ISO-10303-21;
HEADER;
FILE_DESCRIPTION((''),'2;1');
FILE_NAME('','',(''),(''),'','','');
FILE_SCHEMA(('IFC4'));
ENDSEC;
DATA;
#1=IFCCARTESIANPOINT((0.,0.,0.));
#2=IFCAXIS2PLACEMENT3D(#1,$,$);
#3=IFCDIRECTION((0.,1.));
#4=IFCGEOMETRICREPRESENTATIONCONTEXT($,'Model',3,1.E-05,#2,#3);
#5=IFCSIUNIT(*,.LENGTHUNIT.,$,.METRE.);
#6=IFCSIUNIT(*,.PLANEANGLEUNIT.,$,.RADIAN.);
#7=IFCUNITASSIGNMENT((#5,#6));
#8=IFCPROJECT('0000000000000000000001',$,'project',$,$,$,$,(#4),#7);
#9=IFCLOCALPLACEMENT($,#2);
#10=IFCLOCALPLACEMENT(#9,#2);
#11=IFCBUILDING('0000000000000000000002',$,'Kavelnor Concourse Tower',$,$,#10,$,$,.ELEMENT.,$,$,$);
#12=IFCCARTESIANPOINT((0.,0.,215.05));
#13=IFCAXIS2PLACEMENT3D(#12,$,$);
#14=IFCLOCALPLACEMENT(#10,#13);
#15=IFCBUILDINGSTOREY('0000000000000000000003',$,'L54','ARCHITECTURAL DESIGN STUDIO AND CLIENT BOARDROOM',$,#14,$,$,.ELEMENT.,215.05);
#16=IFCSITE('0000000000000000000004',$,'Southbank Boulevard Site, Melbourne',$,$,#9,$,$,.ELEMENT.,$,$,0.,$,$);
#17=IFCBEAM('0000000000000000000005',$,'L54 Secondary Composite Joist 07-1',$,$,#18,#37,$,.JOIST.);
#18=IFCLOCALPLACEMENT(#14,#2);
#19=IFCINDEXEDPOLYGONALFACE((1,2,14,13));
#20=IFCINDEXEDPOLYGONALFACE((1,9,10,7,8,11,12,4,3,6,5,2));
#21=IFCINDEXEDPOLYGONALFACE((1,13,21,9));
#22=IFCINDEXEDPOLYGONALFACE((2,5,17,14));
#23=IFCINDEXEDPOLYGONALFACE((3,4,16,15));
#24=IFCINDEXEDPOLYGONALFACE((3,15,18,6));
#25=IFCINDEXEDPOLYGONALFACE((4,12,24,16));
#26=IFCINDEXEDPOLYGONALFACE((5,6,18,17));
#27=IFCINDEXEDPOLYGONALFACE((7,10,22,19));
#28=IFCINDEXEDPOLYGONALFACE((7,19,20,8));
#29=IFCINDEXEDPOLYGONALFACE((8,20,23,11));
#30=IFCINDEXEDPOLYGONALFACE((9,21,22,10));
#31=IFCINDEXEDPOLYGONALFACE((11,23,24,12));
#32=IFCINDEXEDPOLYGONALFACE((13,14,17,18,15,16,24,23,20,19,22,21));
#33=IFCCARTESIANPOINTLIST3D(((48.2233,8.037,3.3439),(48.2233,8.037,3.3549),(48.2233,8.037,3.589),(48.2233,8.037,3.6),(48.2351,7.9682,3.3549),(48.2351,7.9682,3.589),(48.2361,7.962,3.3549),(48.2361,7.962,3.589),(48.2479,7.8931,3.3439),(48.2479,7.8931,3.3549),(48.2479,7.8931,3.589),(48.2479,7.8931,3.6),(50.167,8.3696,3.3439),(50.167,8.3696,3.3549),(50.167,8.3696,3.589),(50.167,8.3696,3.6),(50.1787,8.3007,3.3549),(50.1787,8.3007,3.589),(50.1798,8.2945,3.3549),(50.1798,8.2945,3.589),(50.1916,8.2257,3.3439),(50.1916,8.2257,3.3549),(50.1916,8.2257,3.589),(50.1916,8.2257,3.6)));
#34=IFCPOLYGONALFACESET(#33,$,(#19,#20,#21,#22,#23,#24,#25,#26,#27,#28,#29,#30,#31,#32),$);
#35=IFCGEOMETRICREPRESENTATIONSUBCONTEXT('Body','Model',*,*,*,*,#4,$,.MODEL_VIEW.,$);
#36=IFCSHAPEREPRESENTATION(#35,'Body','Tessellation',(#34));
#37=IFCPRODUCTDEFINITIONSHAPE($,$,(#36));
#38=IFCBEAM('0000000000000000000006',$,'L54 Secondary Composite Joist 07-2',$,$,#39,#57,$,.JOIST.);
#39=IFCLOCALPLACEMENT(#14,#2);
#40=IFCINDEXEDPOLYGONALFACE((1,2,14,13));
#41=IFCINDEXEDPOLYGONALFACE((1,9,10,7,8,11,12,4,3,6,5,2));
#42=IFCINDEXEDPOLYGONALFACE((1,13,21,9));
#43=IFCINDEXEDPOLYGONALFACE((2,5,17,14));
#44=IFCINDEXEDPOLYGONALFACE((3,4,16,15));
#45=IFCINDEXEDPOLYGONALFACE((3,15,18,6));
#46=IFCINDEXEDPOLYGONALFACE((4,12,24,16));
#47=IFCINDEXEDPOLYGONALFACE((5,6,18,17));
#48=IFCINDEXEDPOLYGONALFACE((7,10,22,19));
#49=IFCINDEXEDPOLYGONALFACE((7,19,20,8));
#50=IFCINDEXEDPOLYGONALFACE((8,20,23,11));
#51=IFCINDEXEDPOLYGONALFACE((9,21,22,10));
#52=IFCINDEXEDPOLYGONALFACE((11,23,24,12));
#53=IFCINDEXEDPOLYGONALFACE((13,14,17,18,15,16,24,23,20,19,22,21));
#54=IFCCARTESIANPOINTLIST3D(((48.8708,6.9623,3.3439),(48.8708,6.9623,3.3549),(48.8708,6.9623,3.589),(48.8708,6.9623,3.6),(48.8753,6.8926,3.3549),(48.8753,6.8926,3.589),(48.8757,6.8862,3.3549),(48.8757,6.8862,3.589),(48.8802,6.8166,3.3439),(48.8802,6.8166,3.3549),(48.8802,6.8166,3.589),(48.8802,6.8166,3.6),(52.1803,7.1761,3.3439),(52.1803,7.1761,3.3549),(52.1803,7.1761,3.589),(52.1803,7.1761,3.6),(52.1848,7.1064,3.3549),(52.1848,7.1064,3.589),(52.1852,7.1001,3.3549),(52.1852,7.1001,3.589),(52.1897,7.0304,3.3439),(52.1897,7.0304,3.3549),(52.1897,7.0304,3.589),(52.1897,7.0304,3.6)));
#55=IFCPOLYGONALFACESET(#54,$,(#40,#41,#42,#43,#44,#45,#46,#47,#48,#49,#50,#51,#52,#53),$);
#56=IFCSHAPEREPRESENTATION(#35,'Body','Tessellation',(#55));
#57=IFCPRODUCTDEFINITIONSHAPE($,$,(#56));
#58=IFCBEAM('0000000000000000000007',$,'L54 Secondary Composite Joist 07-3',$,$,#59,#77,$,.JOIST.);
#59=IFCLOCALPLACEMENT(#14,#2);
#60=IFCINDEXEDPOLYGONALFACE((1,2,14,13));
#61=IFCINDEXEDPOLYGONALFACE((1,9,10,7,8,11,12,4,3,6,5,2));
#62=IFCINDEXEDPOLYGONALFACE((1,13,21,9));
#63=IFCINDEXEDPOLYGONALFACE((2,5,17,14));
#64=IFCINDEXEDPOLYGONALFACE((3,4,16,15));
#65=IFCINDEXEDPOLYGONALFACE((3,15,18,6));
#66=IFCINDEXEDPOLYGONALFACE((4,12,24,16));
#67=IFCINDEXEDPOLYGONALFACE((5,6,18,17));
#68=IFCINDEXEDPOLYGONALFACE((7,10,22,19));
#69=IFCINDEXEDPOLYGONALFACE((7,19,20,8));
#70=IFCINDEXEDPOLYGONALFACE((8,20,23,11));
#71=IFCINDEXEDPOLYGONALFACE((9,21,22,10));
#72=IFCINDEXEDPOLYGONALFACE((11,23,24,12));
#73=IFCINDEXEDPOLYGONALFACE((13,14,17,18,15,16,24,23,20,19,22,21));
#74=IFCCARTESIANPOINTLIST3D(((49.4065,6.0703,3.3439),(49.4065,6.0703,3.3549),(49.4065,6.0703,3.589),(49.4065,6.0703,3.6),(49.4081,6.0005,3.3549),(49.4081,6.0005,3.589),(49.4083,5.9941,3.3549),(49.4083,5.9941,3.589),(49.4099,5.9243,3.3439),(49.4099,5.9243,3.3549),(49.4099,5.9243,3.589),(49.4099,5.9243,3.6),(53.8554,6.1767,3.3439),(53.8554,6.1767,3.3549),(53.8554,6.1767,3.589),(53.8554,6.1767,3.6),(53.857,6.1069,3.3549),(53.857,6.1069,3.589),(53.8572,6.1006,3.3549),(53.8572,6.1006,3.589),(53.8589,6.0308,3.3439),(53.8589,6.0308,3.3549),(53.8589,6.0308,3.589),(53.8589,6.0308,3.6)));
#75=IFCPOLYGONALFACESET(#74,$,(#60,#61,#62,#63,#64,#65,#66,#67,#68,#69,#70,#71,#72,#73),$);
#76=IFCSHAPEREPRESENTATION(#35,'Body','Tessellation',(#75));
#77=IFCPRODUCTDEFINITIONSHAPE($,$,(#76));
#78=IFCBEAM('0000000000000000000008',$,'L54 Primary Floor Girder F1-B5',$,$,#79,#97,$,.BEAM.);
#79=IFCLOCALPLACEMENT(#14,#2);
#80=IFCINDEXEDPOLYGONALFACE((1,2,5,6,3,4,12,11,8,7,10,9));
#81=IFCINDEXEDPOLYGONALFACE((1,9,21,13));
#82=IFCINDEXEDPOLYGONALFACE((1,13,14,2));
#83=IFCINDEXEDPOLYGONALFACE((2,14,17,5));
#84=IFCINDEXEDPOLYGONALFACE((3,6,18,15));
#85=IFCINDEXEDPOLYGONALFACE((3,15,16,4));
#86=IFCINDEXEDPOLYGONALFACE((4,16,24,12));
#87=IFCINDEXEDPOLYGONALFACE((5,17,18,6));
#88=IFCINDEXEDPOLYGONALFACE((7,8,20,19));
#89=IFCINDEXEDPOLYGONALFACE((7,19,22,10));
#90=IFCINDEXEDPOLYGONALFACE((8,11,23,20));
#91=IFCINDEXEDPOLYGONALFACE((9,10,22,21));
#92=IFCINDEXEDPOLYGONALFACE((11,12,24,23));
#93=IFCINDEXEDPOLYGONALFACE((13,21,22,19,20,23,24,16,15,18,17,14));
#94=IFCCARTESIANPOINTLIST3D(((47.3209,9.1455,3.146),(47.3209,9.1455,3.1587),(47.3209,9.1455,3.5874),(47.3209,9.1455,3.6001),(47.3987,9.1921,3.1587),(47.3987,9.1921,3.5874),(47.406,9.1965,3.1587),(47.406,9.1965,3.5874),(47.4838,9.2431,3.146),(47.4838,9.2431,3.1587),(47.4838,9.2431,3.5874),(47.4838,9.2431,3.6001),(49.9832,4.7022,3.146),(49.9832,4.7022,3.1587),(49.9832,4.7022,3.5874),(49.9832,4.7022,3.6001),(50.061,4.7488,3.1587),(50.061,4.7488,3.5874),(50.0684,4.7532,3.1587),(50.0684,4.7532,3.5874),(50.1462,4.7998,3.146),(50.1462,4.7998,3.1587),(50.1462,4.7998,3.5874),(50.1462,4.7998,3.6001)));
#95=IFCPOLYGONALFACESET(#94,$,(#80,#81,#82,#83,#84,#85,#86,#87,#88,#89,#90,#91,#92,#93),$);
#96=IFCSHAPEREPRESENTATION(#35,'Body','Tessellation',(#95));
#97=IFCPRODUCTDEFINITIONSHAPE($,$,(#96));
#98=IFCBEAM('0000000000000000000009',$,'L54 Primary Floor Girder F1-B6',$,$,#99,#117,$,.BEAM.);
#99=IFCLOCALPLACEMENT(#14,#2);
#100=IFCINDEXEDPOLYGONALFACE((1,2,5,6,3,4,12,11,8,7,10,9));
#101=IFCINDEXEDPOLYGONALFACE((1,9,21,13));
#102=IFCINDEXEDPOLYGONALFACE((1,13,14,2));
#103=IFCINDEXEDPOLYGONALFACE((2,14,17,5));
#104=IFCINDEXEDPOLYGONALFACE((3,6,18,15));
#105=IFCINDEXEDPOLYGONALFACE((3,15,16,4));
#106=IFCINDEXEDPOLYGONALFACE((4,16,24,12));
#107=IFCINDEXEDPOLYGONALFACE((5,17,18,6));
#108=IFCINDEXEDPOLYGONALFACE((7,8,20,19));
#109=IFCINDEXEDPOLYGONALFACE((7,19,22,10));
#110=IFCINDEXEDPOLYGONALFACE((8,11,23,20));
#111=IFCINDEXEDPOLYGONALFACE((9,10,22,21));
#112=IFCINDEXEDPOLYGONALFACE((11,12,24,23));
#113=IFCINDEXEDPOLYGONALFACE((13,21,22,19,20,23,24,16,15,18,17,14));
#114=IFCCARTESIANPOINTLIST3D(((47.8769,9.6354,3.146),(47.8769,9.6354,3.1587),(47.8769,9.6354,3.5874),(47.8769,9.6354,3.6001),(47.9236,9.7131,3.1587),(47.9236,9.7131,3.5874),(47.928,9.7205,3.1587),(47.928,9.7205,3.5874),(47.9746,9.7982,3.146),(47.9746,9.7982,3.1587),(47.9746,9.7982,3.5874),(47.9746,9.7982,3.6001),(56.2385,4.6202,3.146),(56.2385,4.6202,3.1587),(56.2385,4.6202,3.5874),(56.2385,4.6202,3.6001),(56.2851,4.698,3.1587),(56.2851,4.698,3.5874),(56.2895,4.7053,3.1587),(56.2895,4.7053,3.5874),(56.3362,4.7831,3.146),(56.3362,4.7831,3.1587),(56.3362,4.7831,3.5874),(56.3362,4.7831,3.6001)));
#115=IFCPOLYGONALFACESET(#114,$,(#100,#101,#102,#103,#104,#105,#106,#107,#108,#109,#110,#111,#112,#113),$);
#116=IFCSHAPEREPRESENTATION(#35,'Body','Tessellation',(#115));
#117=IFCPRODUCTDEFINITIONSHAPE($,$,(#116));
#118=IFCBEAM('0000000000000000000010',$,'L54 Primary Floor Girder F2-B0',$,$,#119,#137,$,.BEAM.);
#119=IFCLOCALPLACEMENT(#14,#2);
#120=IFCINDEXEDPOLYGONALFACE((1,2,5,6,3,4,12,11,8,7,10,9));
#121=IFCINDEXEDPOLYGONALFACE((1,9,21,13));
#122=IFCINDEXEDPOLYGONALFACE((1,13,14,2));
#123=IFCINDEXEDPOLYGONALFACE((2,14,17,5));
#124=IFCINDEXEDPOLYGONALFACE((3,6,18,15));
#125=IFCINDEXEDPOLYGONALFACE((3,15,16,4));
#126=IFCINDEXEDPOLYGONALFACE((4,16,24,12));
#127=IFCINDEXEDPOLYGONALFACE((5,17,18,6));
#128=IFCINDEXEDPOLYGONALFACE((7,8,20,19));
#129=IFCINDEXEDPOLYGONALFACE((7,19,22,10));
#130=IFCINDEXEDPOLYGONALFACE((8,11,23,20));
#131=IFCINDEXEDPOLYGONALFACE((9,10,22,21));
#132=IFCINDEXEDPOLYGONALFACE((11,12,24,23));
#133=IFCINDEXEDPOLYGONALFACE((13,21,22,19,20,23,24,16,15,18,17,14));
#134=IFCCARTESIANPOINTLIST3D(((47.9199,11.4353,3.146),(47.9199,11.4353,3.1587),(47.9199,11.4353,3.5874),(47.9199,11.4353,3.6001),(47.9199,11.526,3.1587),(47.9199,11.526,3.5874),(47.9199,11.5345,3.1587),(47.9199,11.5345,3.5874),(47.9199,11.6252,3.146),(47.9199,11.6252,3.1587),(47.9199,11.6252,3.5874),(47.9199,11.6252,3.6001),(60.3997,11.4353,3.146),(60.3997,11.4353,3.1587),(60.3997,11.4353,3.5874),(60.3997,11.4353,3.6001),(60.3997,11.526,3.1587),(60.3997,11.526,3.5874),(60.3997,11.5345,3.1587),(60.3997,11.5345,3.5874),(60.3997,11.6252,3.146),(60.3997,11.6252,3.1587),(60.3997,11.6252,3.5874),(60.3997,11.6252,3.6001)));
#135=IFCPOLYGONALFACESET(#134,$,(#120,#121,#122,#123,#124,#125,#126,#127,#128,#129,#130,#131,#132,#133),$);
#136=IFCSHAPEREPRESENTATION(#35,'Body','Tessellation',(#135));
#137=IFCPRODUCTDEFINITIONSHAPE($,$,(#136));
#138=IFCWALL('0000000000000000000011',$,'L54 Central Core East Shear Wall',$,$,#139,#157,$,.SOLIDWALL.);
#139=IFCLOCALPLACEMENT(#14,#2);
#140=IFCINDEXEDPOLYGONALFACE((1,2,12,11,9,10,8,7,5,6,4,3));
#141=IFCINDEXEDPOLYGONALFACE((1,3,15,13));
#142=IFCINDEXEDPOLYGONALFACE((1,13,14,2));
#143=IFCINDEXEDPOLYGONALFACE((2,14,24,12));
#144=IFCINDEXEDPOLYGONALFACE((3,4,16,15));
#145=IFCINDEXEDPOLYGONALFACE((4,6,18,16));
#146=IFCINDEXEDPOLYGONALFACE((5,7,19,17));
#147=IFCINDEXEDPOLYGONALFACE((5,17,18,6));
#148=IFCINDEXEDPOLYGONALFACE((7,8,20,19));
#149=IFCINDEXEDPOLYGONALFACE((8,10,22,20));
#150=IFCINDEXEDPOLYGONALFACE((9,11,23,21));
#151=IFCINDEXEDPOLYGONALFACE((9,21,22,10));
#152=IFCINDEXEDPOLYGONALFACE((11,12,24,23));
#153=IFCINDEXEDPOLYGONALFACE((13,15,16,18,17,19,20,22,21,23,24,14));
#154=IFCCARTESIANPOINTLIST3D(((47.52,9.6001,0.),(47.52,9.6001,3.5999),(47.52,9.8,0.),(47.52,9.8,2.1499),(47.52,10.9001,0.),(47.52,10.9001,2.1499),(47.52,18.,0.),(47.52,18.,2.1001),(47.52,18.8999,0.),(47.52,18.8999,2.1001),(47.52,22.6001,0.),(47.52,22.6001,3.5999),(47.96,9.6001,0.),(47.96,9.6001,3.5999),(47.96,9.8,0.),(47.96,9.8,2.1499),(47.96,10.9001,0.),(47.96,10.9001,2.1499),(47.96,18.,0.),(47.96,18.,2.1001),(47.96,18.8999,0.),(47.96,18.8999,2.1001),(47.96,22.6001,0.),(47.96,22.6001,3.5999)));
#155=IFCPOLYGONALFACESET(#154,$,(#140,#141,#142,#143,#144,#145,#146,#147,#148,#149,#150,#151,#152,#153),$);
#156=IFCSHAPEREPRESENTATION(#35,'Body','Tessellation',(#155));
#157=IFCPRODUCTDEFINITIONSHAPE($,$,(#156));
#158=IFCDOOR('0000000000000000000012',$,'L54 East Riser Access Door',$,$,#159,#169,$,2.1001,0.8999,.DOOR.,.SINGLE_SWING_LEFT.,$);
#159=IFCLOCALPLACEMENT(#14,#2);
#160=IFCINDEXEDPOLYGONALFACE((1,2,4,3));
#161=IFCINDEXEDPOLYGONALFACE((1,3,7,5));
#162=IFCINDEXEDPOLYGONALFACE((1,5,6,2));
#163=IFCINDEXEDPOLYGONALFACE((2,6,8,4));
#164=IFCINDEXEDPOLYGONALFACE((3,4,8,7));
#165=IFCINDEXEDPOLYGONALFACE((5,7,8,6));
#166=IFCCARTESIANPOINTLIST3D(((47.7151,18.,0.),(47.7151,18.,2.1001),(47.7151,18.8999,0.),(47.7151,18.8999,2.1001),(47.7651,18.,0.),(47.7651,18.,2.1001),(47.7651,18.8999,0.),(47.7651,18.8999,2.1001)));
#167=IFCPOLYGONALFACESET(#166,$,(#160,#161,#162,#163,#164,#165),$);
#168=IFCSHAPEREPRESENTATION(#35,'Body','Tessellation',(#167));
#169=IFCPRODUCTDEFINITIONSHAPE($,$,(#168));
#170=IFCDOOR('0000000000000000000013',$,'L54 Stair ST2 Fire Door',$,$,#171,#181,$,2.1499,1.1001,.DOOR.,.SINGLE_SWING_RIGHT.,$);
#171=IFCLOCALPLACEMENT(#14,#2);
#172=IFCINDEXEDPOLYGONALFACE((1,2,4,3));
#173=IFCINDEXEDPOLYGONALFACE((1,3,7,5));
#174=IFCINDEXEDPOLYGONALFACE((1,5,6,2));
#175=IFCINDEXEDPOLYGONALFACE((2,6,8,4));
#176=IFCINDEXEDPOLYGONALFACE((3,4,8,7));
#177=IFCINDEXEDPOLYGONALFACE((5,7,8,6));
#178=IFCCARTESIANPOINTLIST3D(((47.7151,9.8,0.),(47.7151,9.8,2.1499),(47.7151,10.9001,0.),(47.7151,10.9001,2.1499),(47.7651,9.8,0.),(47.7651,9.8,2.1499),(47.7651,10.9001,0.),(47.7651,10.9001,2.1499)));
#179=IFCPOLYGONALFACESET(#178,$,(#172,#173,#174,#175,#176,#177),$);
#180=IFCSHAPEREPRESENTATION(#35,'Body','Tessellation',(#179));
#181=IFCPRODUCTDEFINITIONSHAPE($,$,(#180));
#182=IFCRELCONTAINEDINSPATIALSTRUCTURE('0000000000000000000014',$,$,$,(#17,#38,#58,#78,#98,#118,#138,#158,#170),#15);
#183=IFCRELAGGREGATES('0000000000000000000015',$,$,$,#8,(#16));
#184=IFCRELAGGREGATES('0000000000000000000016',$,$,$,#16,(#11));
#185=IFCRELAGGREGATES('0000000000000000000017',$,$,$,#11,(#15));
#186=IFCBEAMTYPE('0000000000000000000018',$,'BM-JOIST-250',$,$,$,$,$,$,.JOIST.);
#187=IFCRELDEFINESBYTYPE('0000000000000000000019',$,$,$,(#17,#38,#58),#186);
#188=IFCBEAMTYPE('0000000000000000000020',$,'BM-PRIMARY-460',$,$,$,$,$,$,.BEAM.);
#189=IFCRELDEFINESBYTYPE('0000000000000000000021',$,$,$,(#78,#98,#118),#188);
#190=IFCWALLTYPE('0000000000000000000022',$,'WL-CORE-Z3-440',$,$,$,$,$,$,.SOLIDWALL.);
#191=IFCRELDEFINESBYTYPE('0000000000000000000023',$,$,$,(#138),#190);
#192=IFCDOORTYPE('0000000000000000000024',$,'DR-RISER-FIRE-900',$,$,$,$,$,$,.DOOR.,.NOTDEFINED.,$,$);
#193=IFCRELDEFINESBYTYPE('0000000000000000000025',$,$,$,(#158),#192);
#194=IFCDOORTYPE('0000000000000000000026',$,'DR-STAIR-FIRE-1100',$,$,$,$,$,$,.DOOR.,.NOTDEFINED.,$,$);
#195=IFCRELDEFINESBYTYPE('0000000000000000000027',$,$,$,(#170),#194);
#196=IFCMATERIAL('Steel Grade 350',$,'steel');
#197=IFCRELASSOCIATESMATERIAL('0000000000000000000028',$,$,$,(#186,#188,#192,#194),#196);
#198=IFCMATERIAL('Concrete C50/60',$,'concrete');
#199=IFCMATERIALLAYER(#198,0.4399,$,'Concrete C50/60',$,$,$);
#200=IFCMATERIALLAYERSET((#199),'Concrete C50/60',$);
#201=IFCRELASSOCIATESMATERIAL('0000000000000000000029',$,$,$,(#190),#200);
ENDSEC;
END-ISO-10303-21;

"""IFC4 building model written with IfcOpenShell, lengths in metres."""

from ifc_helpers import new_model, si_unit, direction, frame, frame_2d, origin, origin_2d, place, context, subcontext, project, spatial, rectangle, i_section, extrude, material, layer, layer_set, material_profile, profile_set, type_object, element, fill, save


model = new_model("IFC4")

# Units and contexts
model_context = context("Model", 3, precision=1e-05, world=origin(), true_north=direction((0.0, 1.0)))
body_context = subcontext(model_context, "Body", "Model", "MODEL_VIEW")
ifc_project = project(units=[si_unit("LENGTHUNIT", "METRE"), si_unit("PLANEANGLEUNIT", "RADIAN")], contexts=[model_context])

# Site, building, storey
site_placement = place(None, origin())
site = spatial("IfcSite", under=ifc_project, at=site_placement, Name="Southbank Boulevard Site, Melbourne", CompositionType="ELEMENT", RefElevation=0.0)
building_placement = place(site_placement, origin())
building = spatial("IfcBuilding", under=site, at=building_placement, Name="Kavelnor Concourse Tower", CompositionType="ELEMENT")
storey_placement = place(building_placement, frame((0.0, 0.0, 215.05)))
storey = spatial("IfcBuildingStorey", under=building, at=storey_placement, Name="L54", Description="ARCHITECTURAL DESIGN STUDIO AND CLIENT BOARDROOM", CompositionType="ELEMENT", Elevation=215.05)

# Beams
ifc_material_1 = material(Name="Steel Grade 350", Category="steel")
ifc_material_profile_1 = material_profile(ifc_material_1, i_section(OverallWidth=0.146, OverallDepth=0.2561, WebThickness=0.0063, FlangeThickness=0.011, at=origin_2d()), Name="250UB37")
ifc_profile_set_1 = profile_set([ifc_material_profile_1], Name="Steel Grade 350")
beam_type_1 = type_object("IfcBeamType", Name="BM-JOIST-250", PredefinedType="JOIST", material=ifc_profile_set_1)
beam_1_placement = place(storey_placement, frame((48.2356, 7.9651, 3.4719), z_axis=(0.985679, 0.168634, 0.0), x_axis=(-0.168634, 0.985679, 0.0)))
element("IfcBeam", 1, at=beam_1_placement, inside=storey, type_object=beam_type_1, Name="L54 Secondary Composite Joist 07-1", PredefinedType="JOIST", context=body_context, shape_type="SweptSolid", body=[
    extrude(i_section(OverallWidth=0.146, OverallDepth=0.2561, WebThickness=0.0063, FlangeThickness=0.011, at=origin_2d()), origin(), (0.0, 0.0, 1.0), 1.9719),
])
beam_2_placement = place(storey_placement, frame((48.8755, 6.8894, 3.4719), z_axis=(0.997919, 0.064486, 0.0), x_axis=(-0.064486, 0.997919, 0.0)))
element("IfcBeam", 2, at=beam_2_placement, inside=storey, type_object=beam_type_1, Name="L54 Secondary Composite Joist 07-2", PredefinedType="JOIST", context=body_context, shape_type="SweptSolid", body=[
    extrude(i_section(OverallWidth=0.146, OverallDepth=0.2561, WebThickness=0.0063, FlangeThickness=0.011, at=origin_2d()), origin(), (0.0, 0.0, 1.0), 3.3164),
])
beam_3_placement = place(storey_placement, frame((49.4082, 5.9973, 3.4719), z_axis=(0.999714, 0.023919, 0.0), x_axis=(-0.023919, 0.999714, 0.0)))
element("IfcBeam", 3, at=beam_3_placement, inside=storey, type_object=beam_type_1, Name="L54 Secondary Composite Joist 07-3", PredefinedType="JOIST", context=body_context, shape_type="SweptSolid", body=[
    extrude(i_section(OverallWidth=0.146, OverallDepth=0.2561, WebThickness=0.0063, FlangeThickness=0.011, at=origin_2d()), origin(), (0.0, 0.0, 1.0), 4.4502),
])
ifc_material_profile_2 = material_profile(ifc_material_1, i_section(OverallWidth=0.1899, OverallDepth=0.4541, WebThickness=0.0085, FlangeThickness=0.0127, at=origin_2d()), Name="460UB67")
ifc_profile_set_2 = profile_set([ifc_material_profile_2], Name="Steel Grade 350")
beam_type_2 = type_object("IfcBeamType", Name="BM-PRIMARY-460", PredefinedType="BEAM", material=ifc_profile_set_2)
beam_4_placement = place(storey_placement, frame((47.4023, 9.1943, 3.373), z_axis=(0.513976, -0.857805, 0.0), x_axis=(0.857805, 0.513976, 0.0)))
element("IfcBeam", 4, at=beam_4_placement, inside=storey, type_object=beam_type_2, Name="L54 Primary Floor Girder F1-B5", PredefinedType="BEAM", context=body_context, shape_type="SweptSolid", body=[
    extrude(i_section(OverallWidth=0.1899, OverallDepth=0.4541, WebThickness=0.0085, FlangeThickness=0.0127, at=origin_2d()), origin(), (0.0, 0.0, 1.0), 5.1799),
])
beam_5_placement = place(storey_placement, frame((47.9258, 9.7168, 3.373), z_axis=(0.857575, -0.51436, 0.0), x_axis=(0.51436, 0.857575, 0.0)))
element("IfcBeam", 5, at=beam_5_placement, inside=storey, type_object=beam_type_2, Name="L54 Primary Floor Girder F1-B6", PredefinedType="BEAM", context=body_context, shape_type="SweptSolid", body=[
    extrude(i_section(OverallWidth=0.1899, OverallDepth=0.4541, WebThickness=0.0085, FlangeThickness=0.0127, at=origin_2d()), origin(), (0.0, 0.0, 1.0), 9.7502),
])
beam_6_placement = place(storey_placement, frame((47.9199, 11.5303, 3.373), z_axis=(1.0, 0.0, 0.0), x_axis=(0.0, 1.0, 0.0)))
element("IfcBeam", 6, at=beam_6_placement, inside=storey, type_object=beam_type_2, Name="L54 Primary Floor Girder F2-B0", PredefinedType="BEAM", context=body_context, shape_type="SweptSolid", body=[
    extrude(i_section(OverallWidth=0.1899, OverallDepth=0.4541, WebThickness=0.0085, FlangeThickness=0.0127, at=origin_2d()), origin(), (0.0, 0.0, 1.0), 12.4797),
])

# Wall, openings, doors
ifc_material_2 = material(Name="Concrete C50/60", Category="concrete")
ifc_layer_1 = layer(ifc_material_2, 0.4399, Name="Concrete C50/60")
ifc_layer_set_1 = layer_set([ifc_layer_1], Name="Concrete C50/60")
wall_type_1 = type_object("IfcWallType", Name="WL-CORE-Z3-440", PredefinedType="SOLIDWALL", material=ifc_layer_set_1)
wall_1_placement = place(storey_placement, frame((47.74, 9.6001, 0.0), z_axis=(0.0, 0.0, 1.0), x_axis=(0.0, 1.0, 0.0)))
wall_1 = element("IfcWall", 7, at=wall_1_placement, inside=storey, type_object=wall_type_1, Name="L54 Central Core East Shear Wall", PredefinedType="SOLIDWALL", context=body_context, shape_type="SweptSolid", body=[
    extrude(rectangle(XDim=13.0, YDim=0.4399, at=frame_2d((6.5, 0.0))), origin(), (0.0, 0.0, 1.0), 3.5999),
])
opening_1_placement = place(wall_1_placement, frame((0.2, 0.0, 0.0)))
opening_1 = element("IfcOpeningElement", 8, at=opening_1_placement, cuts=wall_1, PredefinedType="OPENING", context=body_context, shape_type="SweptSolid", body=[
    extrude(rectangle(XDim=1.1001, YDim=2.1499, at=frame_2d((0.55, 1.075))), frame((0.0, 0.23, 0.0), z_axis=(0.0, -1.0, 0.0), x_axis=(1.0, 0.0, 0.0)), (0.0, 0.0, 1.0), 0.46),
])
opening_2_placement = place(wall_1_placement, frame((8.3999, 0.0, 0.0)))
opening_2 = element("IfcOpeningElement", 9, at=opening_2_placement, cuts=wall_1, PredefinedType="OPENING", context=body_context, shape_type="SweptSolid", body=[
    extrude(rectangle(XDim=0.8999, YDim=2.1001, at=frame_2d((0.45, 1.05))), frame((0.0, 0.23, 0.0), z_axis=(0.0, -1.0, 0.0), x_axis=(1.0, 0.0, 0.0)), (0.0, 0.0, 1.0), 0.46),
])
door_type_1 = type_object("IfcDoorType", Name="DR-RISER-FIRE-900", OperationType="NOTDEFINED", PredefinedType="DOOR", material=ifc_material_1)
door_1_placement = place(opening_2_placement, origin())
door_1 = element("IfcDoor", 10, at=door_1_placement, inside=storey, type_object=door_type_1, Name="L54 East Riser Access Door", OperationType="SINGLE_SWING_LEFT", OverallHeight=2.1001, OverallWidth=0.8999, PredefinedType="DOOR", context=body_context, shape_type="SweptSolid", body=[
    extrude(rectangle(XDim=0.8999, YDim=2.1001, at=frame_2d((0.45, 1.05))), frame((0.0, 0.0249, 0.0), z_axis=(0.0, -1.0, 0.0), x_axis=(1.0, 0.0, 0.0)), (0.0, 0.0, 1.0), 0.05),
])
fill(opening_2, door_1)
door_type_2 = type_object("IfcDoorType", Name="DR-STAIR-FIRE-1100", OperationType="NOTDEFINED", PredefinedType="DOOR", material=ifc_material_1)
door_2_placement = place(opening_1_placement, origin())
door_2 = element("IfcDoor", 11, at=door_2_placement, inside=storey, type_object=door_type_2, Name="L54 Stair ST2 Fire Door", OperationType="SINGLE_SWING_RIGHT", OverallHeight=2.1499, OverallWidth=1.1001, PredefinedType="DOOR", context=body_context, shape_type="SweptSolid", body=[
    extrude(rectangle(XDim=1.1001, YDim=2.1499, at=frame_2d((0.55, 1.075))), frame((0.0, 0.0249, 0.0), z_axis=(0.0, -1.0, 0.0), x_axis=(1.0, 0.0, 0.0)), (0.0, 0.0, 1.0), 0.05),
])
fill(opening_1, door_2)

save(model, "model.ifc")
